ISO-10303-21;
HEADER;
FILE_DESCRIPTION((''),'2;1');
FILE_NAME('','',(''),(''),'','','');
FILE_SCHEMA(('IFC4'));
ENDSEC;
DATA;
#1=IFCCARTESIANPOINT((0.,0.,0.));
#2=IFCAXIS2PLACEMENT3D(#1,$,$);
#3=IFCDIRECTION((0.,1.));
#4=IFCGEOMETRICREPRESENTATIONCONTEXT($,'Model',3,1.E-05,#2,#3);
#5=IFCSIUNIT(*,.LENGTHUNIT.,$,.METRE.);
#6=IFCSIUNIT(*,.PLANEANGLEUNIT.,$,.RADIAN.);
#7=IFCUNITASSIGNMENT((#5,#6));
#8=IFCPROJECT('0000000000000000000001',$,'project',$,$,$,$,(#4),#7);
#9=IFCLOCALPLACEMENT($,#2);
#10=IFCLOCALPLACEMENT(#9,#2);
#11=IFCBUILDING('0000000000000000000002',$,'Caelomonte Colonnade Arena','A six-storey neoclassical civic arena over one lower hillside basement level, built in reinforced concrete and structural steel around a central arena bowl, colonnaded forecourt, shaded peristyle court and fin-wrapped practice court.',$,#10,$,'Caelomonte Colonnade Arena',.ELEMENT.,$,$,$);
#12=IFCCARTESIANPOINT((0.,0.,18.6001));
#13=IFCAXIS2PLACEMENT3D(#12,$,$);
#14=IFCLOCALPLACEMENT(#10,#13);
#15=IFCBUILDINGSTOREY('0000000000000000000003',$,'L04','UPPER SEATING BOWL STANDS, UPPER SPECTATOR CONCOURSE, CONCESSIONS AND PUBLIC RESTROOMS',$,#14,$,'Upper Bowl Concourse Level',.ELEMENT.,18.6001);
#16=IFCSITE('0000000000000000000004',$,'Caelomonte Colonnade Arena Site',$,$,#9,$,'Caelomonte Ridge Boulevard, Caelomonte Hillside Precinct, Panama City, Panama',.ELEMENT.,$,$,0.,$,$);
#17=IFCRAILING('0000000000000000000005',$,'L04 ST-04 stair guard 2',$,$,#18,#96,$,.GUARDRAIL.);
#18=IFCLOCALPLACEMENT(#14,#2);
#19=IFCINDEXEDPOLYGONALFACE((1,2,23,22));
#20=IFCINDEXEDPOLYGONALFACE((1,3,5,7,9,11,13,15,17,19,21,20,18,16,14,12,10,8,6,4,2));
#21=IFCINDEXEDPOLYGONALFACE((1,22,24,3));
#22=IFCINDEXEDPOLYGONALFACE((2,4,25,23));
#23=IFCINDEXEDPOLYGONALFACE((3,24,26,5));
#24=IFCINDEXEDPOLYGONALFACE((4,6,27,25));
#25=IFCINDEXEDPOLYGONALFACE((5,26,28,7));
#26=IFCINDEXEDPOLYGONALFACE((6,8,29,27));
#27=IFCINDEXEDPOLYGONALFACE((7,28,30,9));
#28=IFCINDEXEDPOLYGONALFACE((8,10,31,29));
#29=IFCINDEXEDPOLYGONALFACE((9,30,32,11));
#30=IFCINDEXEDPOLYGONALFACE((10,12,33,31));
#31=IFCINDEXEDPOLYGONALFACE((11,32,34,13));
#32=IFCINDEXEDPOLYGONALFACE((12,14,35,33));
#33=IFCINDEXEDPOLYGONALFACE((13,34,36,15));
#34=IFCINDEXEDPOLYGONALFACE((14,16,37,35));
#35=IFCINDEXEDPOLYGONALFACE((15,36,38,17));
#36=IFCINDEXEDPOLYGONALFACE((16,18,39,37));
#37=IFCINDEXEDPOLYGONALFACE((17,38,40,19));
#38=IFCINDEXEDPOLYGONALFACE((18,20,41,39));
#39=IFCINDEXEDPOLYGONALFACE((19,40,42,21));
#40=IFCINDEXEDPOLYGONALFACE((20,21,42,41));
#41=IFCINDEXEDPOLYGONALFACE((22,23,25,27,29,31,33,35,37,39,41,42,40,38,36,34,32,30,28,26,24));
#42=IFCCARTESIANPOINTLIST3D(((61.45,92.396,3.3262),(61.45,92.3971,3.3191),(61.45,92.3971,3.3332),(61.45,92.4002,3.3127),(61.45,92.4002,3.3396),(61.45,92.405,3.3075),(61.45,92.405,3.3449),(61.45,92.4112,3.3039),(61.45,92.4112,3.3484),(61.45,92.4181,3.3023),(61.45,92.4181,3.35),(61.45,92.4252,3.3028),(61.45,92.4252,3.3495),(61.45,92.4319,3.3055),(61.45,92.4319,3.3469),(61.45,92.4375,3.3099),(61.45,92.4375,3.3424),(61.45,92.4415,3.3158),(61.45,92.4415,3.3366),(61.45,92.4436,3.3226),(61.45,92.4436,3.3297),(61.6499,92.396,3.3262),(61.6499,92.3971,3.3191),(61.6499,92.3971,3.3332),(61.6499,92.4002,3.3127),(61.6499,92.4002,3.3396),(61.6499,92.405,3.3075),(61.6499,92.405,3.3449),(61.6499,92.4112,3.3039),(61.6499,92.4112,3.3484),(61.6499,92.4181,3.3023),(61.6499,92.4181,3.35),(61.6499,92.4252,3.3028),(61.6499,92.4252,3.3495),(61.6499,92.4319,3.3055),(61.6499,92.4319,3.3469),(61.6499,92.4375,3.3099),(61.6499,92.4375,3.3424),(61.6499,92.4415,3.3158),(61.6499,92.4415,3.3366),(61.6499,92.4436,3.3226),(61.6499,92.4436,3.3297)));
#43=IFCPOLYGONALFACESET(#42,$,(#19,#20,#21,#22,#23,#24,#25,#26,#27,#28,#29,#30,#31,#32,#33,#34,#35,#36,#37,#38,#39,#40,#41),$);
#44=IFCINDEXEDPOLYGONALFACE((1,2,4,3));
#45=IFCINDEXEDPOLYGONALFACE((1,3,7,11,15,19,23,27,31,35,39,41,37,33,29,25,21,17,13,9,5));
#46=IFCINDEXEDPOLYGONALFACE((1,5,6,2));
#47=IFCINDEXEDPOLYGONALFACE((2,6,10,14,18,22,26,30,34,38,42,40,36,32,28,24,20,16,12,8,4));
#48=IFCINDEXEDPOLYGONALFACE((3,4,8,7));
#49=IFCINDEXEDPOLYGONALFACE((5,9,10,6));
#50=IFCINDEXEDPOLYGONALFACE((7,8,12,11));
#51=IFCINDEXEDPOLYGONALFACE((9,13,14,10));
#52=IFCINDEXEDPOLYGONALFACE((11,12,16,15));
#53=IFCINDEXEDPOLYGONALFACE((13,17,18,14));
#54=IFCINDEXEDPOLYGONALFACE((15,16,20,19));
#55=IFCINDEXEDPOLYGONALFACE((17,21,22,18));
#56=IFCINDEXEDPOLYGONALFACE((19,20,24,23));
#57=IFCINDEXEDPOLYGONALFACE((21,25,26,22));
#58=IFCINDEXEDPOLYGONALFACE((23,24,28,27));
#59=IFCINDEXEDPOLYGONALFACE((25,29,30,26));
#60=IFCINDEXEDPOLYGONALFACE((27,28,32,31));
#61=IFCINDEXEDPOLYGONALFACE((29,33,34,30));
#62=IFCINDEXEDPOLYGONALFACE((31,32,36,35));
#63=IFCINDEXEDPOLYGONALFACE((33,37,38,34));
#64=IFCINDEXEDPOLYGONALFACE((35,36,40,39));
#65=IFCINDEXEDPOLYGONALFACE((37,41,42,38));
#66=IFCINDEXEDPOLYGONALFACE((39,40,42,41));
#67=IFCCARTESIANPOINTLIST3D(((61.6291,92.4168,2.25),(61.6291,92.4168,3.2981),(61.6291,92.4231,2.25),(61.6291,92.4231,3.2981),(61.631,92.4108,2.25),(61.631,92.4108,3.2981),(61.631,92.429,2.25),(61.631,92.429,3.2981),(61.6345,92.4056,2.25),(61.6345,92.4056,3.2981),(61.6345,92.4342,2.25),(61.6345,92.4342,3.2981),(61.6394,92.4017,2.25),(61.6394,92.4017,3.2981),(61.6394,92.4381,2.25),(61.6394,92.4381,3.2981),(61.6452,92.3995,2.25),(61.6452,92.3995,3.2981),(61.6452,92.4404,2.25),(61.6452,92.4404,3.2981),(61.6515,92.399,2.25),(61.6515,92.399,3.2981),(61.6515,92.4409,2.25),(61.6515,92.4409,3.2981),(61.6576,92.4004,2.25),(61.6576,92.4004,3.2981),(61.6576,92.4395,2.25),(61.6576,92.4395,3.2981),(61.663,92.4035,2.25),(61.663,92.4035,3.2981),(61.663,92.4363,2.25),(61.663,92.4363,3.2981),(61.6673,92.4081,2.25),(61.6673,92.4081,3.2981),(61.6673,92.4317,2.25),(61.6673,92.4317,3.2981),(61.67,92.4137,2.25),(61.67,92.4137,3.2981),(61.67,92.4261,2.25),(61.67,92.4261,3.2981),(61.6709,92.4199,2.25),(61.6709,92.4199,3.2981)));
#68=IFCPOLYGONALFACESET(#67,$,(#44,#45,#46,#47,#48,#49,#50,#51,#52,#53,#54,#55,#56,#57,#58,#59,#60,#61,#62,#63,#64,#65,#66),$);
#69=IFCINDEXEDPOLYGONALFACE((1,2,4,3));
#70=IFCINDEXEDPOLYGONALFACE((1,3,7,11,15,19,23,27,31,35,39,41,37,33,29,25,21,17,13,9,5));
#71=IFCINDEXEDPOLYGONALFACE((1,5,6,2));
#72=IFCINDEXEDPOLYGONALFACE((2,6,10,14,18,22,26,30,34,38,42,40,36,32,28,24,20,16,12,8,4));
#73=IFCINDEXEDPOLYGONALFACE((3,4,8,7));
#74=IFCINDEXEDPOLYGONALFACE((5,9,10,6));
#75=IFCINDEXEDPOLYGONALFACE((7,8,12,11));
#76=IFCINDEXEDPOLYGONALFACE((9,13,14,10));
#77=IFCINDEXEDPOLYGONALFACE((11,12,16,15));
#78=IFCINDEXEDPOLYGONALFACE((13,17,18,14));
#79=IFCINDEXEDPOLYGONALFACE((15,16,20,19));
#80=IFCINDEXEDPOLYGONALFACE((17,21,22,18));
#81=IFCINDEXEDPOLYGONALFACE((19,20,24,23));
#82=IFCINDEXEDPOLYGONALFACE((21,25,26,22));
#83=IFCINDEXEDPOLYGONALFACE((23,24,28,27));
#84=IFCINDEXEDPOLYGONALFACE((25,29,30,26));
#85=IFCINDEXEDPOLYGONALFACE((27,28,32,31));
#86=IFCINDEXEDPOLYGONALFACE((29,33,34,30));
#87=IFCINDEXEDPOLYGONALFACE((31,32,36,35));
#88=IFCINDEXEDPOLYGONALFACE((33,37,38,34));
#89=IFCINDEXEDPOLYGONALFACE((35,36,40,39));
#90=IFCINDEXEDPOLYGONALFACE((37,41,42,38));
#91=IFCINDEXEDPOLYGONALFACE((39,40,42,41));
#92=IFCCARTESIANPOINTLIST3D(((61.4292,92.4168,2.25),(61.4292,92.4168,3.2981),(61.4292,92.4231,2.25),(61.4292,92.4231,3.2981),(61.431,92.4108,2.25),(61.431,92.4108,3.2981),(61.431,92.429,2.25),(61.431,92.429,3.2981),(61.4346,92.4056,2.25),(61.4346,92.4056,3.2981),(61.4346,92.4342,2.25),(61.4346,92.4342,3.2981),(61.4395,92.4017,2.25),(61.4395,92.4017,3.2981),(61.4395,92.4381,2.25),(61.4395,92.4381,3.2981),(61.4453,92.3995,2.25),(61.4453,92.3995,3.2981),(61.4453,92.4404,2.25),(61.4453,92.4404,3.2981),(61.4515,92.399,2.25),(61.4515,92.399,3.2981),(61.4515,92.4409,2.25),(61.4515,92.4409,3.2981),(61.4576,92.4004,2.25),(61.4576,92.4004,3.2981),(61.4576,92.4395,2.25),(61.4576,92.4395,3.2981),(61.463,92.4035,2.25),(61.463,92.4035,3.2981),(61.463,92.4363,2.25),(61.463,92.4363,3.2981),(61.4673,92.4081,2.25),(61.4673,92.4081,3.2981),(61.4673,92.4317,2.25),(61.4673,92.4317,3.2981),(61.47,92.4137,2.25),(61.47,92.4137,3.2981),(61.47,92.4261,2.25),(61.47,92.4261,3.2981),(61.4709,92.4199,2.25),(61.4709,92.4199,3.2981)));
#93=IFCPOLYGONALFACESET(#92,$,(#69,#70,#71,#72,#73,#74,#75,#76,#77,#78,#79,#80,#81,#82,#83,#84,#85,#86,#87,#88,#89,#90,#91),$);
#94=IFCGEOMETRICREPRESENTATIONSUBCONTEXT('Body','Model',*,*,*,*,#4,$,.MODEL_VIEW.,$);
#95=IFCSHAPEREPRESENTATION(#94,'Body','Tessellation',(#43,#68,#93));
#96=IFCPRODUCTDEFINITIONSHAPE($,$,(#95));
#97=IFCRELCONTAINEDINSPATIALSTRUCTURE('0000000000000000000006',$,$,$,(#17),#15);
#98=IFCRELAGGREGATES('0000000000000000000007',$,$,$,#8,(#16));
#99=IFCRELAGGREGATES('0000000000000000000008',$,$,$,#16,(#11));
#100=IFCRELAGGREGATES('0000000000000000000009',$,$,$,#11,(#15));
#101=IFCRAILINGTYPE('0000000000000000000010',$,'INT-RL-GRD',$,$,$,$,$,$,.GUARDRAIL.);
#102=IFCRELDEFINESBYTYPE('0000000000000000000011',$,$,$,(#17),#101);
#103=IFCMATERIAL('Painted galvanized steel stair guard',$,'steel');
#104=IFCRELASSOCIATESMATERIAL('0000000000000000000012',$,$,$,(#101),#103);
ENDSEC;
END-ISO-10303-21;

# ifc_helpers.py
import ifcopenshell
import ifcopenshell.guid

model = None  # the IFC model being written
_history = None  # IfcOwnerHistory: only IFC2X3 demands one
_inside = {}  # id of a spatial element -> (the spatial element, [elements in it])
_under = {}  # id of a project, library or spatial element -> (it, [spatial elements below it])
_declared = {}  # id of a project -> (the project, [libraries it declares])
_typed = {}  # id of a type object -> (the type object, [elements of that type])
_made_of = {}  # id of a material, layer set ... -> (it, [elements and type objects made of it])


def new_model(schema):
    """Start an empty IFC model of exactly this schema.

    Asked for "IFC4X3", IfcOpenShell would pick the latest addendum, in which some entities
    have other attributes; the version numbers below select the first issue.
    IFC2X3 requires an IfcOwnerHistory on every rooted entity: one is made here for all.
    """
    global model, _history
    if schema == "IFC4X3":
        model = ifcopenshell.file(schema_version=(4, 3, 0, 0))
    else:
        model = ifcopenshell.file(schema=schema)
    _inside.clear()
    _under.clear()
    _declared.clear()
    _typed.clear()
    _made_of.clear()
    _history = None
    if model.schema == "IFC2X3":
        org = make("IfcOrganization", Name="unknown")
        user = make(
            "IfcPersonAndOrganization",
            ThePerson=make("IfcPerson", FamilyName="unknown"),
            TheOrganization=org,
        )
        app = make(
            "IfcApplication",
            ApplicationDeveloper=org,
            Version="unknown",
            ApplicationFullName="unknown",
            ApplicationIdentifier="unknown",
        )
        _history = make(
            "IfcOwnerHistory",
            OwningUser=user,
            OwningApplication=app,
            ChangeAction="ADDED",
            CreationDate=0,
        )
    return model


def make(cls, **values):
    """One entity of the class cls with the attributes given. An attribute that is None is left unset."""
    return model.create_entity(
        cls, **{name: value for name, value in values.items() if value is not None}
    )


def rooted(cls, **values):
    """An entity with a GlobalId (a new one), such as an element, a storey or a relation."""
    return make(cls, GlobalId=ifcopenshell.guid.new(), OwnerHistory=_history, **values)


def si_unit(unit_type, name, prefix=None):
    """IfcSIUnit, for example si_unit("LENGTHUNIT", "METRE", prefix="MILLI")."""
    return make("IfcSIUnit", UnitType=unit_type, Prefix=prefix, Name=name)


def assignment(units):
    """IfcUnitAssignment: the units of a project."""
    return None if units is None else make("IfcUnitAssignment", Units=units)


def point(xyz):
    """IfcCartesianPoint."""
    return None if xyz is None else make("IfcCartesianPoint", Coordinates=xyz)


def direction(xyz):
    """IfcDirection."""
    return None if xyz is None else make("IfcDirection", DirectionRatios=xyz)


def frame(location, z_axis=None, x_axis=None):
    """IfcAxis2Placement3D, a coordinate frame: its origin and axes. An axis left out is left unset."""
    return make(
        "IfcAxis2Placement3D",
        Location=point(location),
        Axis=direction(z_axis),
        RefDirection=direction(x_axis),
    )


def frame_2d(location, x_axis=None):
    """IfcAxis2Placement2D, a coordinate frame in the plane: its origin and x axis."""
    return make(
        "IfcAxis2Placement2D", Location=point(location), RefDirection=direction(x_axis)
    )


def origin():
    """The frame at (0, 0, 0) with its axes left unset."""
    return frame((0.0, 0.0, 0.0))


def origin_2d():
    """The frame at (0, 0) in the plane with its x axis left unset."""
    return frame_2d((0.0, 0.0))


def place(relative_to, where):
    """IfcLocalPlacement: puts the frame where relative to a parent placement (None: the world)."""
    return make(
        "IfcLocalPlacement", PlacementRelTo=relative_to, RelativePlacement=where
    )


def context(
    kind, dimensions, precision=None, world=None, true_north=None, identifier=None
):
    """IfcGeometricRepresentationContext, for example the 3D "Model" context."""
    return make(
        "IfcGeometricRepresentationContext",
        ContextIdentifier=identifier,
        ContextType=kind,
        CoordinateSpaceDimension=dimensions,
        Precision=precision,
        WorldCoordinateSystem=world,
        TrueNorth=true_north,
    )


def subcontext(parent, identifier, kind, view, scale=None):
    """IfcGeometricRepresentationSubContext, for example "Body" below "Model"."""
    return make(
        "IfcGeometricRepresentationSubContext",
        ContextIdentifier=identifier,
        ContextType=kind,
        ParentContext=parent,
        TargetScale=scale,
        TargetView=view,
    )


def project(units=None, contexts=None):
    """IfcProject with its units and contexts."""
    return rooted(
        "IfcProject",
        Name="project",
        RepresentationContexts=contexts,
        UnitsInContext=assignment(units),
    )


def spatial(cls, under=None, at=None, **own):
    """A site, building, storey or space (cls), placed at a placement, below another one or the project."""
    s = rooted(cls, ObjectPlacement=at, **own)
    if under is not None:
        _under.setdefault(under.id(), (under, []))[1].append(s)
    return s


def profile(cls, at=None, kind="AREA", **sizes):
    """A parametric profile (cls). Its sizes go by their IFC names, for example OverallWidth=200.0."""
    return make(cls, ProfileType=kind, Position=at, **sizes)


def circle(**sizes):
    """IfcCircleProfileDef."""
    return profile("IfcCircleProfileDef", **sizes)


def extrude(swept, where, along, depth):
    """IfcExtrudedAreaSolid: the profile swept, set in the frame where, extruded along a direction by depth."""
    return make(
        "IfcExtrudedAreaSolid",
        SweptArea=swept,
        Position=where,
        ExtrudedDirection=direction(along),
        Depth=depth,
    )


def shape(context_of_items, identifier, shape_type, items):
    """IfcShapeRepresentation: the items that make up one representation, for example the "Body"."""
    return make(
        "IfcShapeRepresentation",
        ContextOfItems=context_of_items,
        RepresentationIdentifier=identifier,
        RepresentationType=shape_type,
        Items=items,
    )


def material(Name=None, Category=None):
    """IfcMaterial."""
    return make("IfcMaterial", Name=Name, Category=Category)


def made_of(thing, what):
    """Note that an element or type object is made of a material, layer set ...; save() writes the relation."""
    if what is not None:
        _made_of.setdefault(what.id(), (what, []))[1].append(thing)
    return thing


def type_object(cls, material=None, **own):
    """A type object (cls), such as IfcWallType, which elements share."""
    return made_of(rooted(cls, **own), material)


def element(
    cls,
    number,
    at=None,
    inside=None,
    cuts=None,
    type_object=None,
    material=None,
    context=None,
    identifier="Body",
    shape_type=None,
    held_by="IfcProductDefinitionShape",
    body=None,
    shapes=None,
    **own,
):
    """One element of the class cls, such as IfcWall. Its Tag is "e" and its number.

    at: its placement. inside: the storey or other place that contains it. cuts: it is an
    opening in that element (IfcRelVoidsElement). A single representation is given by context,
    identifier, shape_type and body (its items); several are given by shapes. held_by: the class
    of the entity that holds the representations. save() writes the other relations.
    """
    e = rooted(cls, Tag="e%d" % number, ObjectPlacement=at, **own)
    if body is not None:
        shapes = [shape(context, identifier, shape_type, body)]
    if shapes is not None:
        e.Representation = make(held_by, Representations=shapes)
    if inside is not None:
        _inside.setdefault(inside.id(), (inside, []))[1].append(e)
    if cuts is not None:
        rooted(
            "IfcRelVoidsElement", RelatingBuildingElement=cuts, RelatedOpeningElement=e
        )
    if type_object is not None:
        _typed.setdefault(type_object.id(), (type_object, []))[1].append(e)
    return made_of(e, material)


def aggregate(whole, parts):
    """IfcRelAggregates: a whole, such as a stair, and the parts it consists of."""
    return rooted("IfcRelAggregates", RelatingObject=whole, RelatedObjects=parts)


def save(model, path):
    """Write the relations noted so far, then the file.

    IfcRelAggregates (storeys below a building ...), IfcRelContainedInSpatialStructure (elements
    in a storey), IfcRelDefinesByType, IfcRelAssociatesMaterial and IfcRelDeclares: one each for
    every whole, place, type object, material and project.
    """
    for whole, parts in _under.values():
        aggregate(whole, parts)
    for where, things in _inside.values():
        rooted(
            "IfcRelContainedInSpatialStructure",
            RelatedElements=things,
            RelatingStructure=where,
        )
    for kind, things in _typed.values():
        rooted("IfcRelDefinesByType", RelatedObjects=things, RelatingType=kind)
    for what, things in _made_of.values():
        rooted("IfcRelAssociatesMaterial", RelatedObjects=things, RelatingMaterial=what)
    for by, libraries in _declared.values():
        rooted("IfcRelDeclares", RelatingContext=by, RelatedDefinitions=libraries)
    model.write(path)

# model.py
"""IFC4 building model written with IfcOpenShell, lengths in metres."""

from ifc_helpers import new_model, si_unit, direction, frame, origin, origin_2d, place, context, subcontext, project, spatial, circle, extrude, material, type_object, element, save


model = new_model("IFC4")

# Units and contexts
model_context = context("Model", 3, precision=1e-05, world=origin(), true_north=direction((0.0, 1.0)))
body_context = subcontext(model_context, "Body", "Model", "MODEL_VIEW")
ifc_project = project(units=[si_unit("LENGTHUNIT", "METRE"), si_unit("PLANEANGLEUNIT", "RADIAN")], contexts=[model_context])

# Site, building, storey
site_placement = place(None, origin())
site = spatial("IfcSite", under=ifc_project, at=site_placement, Name="Caelomonte Colonnade Arena Site", LongName="Caelomonte Ridge Boulevard, Caelomonte Hillside Precinct, Panama City, Panama", CompositionType="ELEMENT", RefElevation=0.0)
building_placement = place(site_placement, origin())
building = spatial("IfcBuilding", under=site, at=building_placement, Name="Caelomonte Colonnade Arena", Description="A six-storey neoclassical civic arena over one lower hillside basement level, built in reinforced concrete and structural steel around a central arena bowl, colonnaded forecourt, shaded peristyle court and fin-wrapped practice court.", LongName="Caelomonte Colonnade Arena", CompositionType="ELEMENT")
storey_placement = place(building_placement, frame((0.0, 0.0, 18.6001)))
storey = spatial("IfcBuildingStorey", under=building, at=storey_placement, Name="L04", Description="UPPER SEATING BOWL STANDS, UPPER SPECTATOR CONCOURSE, CONCESSIONS AND PUBLIC RESTROOMS", LongName="Upper Bowl Concourse Level", CompositionType="ELEMENT", Elevation=18.6001)

# Railing
ifc_material_1 = material(Name="Painted galvanized steel stair guard", Category="steel")
railing_type_1 = type_object("IfcRailingType", Name="INT-RL-GRD", PredefinedType="GUARDRAIL", material=ifc_material_1)
railing_1_placement = place(storey_placement, frame((61.6499, 92.4199, 2.25)))
element("IfcRailing", 1, at=railing_1_placement, inside=storey, type_object=railing_type_1, Name="L04 ST-04 stair guard 2", PredefinedType="GUARDRAIL", context=body_context, shape_type="SweptSolid", body=[
    extrude(circle(Radius=0.0239, at=origin_2d()), frame((0.0, 0.0, 1.0762), z_axis=(-1.0, 0.0, 0.0), x_axis=(0.0, -1.0, 0.0)), (0.0, 0.0, 1.0), 0.2),
    extrude(circle(Radius=0.021, at=origin_2d()), origin(), (0.0, 0.0, 1.0), 1.0481),
    extrude(circle(Radius=0.021, at=origin_2d()), frame((-0.2, 0.0, 0.0)), (0.0, 0.0, 1.0), 1.0481),
])

save(model, "model.ifc")
